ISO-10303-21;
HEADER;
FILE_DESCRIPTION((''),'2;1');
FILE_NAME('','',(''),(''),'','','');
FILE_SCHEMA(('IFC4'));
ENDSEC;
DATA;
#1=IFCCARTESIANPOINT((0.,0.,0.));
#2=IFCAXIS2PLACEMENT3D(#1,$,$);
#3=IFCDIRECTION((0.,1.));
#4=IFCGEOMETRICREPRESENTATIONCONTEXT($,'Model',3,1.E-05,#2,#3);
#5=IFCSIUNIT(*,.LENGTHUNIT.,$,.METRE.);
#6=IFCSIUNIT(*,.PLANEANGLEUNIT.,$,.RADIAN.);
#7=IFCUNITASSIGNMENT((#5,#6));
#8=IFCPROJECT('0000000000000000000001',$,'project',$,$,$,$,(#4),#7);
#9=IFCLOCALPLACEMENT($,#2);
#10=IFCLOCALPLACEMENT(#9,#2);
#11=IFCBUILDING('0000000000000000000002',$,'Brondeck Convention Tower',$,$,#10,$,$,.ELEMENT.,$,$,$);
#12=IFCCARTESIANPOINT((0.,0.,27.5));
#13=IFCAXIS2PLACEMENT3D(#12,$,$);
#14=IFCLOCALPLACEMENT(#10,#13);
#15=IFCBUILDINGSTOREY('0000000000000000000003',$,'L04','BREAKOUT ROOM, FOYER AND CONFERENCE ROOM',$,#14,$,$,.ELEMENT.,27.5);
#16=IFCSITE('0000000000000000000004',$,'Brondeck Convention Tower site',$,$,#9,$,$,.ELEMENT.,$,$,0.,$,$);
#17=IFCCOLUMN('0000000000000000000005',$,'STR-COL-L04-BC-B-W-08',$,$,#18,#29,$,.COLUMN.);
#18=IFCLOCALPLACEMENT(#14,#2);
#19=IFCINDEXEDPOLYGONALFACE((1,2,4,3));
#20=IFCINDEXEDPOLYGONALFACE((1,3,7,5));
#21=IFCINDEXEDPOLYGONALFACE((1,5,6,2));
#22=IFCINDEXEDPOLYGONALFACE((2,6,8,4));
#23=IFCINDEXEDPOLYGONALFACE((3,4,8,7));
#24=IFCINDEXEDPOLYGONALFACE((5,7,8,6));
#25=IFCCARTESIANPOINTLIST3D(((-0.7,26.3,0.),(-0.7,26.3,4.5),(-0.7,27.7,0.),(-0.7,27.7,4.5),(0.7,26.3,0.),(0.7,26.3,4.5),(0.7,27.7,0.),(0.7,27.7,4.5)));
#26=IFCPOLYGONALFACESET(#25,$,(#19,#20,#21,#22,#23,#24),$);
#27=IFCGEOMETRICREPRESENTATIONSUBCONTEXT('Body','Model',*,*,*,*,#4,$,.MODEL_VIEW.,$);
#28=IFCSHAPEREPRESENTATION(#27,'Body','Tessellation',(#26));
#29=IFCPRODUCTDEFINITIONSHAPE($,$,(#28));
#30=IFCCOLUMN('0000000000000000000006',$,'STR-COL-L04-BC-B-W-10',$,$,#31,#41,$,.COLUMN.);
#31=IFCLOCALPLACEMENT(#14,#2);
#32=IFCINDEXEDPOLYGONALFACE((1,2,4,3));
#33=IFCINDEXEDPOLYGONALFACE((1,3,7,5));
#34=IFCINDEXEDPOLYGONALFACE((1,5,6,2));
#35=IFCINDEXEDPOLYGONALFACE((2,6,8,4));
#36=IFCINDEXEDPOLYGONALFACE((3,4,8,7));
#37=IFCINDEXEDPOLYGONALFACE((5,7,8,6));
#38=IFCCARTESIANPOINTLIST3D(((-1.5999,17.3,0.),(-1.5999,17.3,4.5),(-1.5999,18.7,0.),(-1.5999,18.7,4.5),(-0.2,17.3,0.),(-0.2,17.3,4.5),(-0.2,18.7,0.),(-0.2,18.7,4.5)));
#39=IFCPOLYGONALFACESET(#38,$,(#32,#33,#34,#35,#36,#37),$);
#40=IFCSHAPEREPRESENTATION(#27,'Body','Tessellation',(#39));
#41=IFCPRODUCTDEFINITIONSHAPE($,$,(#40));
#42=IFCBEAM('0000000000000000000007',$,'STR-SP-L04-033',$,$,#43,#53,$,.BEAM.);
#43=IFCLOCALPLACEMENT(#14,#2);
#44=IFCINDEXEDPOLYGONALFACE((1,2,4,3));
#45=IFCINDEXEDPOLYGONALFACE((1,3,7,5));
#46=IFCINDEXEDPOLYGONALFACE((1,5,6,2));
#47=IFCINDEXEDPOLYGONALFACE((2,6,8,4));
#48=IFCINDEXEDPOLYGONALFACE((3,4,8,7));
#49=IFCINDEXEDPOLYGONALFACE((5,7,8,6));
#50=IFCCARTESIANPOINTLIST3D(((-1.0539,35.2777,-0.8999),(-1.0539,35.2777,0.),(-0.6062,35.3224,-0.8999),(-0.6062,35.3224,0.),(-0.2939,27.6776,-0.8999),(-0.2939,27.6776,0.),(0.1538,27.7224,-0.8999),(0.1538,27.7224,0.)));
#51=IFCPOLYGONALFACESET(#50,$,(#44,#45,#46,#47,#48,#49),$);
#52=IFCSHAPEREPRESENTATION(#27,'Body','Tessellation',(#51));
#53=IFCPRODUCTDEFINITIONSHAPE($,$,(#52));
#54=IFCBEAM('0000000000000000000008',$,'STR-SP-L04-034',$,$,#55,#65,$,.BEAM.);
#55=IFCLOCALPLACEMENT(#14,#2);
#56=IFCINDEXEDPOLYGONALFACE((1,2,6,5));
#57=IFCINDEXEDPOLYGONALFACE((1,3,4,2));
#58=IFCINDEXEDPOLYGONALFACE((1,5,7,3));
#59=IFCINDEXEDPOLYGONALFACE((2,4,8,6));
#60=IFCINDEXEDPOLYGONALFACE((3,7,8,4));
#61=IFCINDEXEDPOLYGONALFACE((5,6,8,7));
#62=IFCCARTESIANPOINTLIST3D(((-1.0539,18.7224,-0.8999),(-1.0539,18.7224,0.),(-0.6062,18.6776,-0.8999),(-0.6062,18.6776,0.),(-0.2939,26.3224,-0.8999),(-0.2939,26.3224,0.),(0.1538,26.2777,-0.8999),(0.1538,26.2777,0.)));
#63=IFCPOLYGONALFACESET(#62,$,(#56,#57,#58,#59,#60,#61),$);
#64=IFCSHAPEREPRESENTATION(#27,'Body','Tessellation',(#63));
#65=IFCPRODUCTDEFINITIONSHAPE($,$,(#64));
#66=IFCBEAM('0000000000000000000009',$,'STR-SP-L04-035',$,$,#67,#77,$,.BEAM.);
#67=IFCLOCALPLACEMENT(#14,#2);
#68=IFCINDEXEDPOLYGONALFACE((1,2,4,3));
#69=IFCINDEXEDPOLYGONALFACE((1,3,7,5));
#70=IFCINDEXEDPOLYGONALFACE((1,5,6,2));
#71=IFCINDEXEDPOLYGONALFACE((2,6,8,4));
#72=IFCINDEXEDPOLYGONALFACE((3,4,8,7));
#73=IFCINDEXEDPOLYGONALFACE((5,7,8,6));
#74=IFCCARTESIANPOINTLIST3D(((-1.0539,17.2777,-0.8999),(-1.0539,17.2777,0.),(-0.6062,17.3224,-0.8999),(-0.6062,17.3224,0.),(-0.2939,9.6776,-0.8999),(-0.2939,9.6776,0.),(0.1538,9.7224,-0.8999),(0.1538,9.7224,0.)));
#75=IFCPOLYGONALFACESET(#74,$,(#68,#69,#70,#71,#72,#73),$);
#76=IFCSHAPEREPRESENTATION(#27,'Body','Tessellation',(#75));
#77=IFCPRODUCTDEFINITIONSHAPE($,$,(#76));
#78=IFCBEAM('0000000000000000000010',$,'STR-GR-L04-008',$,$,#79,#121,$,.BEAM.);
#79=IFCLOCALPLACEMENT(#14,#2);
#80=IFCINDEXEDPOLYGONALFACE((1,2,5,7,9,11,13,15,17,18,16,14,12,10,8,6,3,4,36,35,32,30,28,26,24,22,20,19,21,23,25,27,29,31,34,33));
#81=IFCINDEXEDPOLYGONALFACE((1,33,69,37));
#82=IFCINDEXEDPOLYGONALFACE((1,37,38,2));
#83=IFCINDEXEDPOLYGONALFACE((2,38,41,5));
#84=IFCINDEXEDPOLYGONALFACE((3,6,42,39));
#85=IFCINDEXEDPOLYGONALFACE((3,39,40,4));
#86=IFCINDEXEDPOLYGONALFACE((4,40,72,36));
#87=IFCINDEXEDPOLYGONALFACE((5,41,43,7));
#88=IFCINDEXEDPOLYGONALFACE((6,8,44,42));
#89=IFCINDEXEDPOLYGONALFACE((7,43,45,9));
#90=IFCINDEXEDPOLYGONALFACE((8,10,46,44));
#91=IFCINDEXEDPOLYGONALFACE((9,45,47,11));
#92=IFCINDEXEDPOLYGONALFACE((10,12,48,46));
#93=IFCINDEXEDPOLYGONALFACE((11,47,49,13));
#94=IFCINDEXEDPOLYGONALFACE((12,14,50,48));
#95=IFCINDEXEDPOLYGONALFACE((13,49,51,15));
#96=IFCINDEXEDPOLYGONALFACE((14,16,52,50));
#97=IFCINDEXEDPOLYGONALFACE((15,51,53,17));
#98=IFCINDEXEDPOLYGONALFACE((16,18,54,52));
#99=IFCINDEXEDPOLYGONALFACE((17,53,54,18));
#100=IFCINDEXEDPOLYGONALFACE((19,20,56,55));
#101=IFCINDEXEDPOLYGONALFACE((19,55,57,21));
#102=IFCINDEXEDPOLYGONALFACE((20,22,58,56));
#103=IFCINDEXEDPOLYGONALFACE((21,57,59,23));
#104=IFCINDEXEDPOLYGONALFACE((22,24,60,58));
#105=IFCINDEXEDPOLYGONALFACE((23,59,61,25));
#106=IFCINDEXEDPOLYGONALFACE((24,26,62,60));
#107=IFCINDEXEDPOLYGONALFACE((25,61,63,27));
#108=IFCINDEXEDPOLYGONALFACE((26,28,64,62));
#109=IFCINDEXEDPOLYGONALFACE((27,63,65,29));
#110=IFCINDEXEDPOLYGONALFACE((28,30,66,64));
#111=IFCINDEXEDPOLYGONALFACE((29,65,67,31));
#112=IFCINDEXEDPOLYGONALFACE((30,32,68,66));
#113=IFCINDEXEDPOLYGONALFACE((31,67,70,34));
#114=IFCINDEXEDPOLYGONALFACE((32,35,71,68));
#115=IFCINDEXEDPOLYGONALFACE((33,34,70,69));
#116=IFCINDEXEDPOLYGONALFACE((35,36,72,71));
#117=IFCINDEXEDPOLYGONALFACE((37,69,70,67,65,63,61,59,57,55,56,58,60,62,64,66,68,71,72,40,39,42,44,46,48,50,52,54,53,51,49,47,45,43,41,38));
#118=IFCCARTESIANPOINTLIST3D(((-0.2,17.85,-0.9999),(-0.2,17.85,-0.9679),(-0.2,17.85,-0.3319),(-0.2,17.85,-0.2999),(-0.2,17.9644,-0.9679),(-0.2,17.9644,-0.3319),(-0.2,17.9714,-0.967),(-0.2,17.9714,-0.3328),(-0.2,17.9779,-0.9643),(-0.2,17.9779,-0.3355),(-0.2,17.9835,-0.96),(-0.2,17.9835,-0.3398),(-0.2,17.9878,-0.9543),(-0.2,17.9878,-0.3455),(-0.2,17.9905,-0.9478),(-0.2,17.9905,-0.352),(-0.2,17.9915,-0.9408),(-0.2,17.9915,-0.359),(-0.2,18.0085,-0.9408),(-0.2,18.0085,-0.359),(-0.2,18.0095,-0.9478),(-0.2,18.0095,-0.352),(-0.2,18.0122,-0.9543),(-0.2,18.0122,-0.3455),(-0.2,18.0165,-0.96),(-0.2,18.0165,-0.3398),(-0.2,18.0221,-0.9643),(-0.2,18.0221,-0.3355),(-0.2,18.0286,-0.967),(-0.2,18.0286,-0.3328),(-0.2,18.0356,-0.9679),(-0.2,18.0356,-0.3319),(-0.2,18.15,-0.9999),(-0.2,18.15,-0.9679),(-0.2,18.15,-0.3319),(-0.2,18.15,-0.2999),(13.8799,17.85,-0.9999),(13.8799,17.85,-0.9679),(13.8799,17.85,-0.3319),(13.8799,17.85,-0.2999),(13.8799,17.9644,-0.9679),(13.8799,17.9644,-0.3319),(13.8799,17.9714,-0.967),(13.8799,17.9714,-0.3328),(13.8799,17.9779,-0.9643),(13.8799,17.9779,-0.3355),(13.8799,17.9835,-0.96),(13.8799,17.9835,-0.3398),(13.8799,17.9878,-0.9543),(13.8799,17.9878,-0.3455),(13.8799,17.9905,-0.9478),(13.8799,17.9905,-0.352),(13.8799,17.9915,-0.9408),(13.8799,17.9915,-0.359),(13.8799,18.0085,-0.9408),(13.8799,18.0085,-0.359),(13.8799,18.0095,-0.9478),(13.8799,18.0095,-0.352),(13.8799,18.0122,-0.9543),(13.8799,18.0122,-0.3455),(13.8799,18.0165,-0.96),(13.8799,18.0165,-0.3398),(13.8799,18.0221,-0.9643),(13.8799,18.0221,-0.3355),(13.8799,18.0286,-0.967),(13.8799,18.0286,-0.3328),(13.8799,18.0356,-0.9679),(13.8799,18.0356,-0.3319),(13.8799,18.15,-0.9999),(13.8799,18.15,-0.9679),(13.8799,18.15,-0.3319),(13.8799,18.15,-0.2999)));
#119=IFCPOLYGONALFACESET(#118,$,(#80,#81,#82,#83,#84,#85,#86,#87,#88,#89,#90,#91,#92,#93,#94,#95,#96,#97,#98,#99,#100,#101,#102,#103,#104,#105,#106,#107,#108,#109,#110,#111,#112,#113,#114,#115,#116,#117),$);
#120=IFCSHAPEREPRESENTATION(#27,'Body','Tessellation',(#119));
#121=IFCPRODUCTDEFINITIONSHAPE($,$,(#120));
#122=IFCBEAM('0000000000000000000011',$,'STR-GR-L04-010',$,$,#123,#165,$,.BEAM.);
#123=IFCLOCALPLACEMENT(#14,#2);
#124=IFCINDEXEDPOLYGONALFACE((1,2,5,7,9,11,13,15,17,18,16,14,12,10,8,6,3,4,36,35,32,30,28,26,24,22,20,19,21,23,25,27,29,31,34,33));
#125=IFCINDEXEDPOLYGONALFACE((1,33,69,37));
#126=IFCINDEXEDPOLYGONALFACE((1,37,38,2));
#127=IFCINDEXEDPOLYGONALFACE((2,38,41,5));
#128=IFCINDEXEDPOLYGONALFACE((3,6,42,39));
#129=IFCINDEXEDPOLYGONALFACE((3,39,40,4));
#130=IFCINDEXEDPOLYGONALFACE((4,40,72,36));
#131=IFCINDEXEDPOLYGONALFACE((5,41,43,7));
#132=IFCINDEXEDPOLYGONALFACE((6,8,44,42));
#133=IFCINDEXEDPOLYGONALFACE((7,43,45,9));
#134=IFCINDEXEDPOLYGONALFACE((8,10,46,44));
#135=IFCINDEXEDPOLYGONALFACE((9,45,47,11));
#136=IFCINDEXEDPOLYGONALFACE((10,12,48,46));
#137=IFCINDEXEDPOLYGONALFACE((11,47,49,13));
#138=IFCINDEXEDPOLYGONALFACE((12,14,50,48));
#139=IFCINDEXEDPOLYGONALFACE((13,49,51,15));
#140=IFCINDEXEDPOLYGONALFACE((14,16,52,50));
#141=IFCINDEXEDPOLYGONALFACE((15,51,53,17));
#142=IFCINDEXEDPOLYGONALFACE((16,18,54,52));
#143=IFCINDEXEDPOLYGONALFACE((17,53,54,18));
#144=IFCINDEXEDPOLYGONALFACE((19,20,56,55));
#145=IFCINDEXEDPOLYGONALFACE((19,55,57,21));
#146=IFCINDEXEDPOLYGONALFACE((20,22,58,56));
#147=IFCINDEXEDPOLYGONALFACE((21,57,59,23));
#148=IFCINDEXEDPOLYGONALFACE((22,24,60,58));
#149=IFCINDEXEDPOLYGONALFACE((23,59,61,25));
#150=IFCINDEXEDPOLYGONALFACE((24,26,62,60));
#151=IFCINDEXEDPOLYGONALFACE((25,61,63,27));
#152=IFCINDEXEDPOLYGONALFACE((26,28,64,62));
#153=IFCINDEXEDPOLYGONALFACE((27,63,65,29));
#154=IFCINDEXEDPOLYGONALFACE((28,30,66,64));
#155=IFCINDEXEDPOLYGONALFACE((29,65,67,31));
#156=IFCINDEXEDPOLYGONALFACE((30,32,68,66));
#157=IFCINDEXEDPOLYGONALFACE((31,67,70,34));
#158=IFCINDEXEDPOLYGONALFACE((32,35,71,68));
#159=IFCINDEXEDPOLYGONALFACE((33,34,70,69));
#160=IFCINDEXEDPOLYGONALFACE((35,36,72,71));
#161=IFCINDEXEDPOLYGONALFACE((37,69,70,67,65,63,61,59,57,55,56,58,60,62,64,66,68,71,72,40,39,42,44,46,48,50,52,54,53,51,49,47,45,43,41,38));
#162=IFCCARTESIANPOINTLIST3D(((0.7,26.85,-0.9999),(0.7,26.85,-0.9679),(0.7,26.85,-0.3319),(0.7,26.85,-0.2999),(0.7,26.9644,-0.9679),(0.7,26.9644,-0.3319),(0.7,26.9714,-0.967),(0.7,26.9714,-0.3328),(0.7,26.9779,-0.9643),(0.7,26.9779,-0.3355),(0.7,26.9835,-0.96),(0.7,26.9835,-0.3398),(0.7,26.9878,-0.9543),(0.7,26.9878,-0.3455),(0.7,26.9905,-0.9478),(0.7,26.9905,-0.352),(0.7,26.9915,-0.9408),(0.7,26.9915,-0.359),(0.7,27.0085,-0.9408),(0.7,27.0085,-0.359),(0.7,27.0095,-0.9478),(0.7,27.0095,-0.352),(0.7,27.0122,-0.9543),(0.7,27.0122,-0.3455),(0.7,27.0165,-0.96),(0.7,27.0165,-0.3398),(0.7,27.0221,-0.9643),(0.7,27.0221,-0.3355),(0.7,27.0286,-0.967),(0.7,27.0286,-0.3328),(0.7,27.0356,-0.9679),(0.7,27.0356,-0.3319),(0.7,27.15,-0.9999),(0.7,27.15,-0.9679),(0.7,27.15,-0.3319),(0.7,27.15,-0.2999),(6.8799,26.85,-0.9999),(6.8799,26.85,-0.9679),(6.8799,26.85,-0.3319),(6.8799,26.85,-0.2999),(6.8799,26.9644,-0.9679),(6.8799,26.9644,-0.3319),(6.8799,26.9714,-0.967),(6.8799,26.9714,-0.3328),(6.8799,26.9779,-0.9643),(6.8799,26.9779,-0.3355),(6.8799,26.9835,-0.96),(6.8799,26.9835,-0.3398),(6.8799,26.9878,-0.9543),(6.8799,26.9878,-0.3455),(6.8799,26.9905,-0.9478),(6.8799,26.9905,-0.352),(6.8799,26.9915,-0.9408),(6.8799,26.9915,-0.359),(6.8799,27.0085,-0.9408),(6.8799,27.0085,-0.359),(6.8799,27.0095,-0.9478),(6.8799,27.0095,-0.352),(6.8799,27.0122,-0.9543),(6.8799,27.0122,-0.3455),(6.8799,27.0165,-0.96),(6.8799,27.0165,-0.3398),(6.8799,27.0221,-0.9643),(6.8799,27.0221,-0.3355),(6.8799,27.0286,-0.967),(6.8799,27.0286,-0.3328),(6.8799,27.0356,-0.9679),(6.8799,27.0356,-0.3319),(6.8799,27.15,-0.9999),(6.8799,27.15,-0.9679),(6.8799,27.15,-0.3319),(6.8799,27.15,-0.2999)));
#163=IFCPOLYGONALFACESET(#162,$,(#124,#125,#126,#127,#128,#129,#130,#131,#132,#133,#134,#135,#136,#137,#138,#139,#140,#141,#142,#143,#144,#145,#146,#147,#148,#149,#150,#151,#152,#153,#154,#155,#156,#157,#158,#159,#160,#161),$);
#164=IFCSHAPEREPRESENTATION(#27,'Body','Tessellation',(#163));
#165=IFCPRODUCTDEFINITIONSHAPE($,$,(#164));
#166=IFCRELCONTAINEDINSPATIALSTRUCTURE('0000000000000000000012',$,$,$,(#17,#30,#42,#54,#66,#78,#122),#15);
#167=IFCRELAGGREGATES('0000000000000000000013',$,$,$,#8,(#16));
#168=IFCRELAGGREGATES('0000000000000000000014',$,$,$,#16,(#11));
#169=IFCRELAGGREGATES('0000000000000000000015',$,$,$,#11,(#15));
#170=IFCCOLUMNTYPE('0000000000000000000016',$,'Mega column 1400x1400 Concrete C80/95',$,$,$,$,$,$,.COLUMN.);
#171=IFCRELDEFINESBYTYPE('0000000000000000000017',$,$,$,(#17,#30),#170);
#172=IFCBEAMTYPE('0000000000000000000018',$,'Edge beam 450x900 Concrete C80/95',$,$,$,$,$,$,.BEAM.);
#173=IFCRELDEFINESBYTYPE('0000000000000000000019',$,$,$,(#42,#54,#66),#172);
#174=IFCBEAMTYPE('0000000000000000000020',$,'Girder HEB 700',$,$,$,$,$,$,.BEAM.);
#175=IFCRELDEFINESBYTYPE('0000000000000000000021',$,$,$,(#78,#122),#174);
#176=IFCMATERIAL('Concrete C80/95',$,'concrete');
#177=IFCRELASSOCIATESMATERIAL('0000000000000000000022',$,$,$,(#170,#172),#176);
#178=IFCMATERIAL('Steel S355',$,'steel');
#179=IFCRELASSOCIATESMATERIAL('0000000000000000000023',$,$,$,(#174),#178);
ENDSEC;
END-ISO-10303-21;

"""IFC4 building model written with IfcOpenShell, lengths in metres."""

from ifc_helpers import new_model, si_unit, direction, frame, origin, origin_2d, place, context, subcontext, project, spatial, rectangle, i_section, extrude, material, material_profile, profile_set, type_object, element, save


model = new_model("IFC4")

# Units and contexts
model_context = context("Model", 3, precision=1e-05, world=origin(), true_north=direction((0.0, 1.0)))
body_context = subcontext(model_context, "Body", "Model", "MODEL_VIEW")
ifc_project = project(units=[si_unit("LENGTHUNIT", "METRE"), si_unit("PLANEANGLEUNIT", "RADIAN")], contexts=[model_context])

# Site, building, storey
site_placement = place(None, origin())
site = spatial("IfcSite", under=ifc_project, at=site_placement, Name="Brondeck Convention Tower site", CompositionType="ELEMENT", RefElevation=0.0)
building_placement = place(site_placement, origin())
building = spatial("IfcBuilding", under=site, at=building_placement, Name="Brondeck Convention Tower", CompositionType="ELEMENT")
storey_placement = place(building_placement, frame((0.0, 0.0, 27.5)))
storey = spatial("IfcBuildingStorey", under=building, at=storey_placement, Name="L04", Description="BREAKOUT ROOM, FOYER AND CONFERENCE ROOM", CompositionType="ELEMENT", Elevation=27.5)

# Columns
ifc_material_1 = material(Name="Concrete C80/95", Category="concrete")
ifc_material_profile_1 = material_profile(ifc_material_1, rectangle(XDim=1.3999, YDim=1.3999, at=origin_2d()), Name="Mega column 1400x1400 Concrete C80/95")
ifc_profile_set_1 = profile_set([ifc_material_profile_1], Name="Concrete C80/95")
column_type = type_object("IfcColumnType", Name="Mega column 1400x1400 Concrete C80/95", PredefinedType="COLUMN", material=ifc_profile_set_1)
for number, where, z_axis, x_axis, name in (
    (1, (0.0, 27.0, 0.0), (0.0, 0.0, 1.0), (1.0, 0.0, 0.0), "STR-COL-L04-BC-B-W-08"),
    (2, (-0.8999, 18.0, 0.0), (0.0, 0.0, 1.0), (1.0, 0.0, 0.0), "STR-COL-L04-BC-B-W-10"),
):
    element("IfcColumn", number, at=place(storey_placement, frame(where, z_axis=z_axis, x_axis=x_axis)), inside=storey, type_object=column_type, Name=name, PredefinedType="COLUMN", context=body_context, shape_type="SweptSolid", body=[
        extrude(rectangle(XDim=1.3999, YDim=1.3999, at=origin_2d()), origin(), (0.0, 0.0, 1.0), 4.5),
    ])

# Beams
ifc_material_profile_2 = material_profile(ifc_material_1, rectangle(XDim=0.45, YDim=0.8999, at=origin_2d()), Name="Edge beam 450x900 Concrete C80/95")
ifc_profile_set_2 = profile_set([ifc_material_profile_2], Name="Concrete C80/95")
beam_type_1 = type_object("IfcBeamType", Name="Edge beam 450x900 Concrete C80/95", PredefinedType="BEAM", material=ifc_profile_set_2)
for number, where, z_axis, x_axis, name in (
    (3, (-0.8301, 35.3, -0.45), (0.099504, -0.995037, 0.0), (0.995037, 0.099504, 0.0), "STR-SP-L04-033"),
    (4, (-0.0701, 26.3, -0.45), (-0.099504, -0.995037, 0.0), (0.995037, -0.099504, 0.0), "STR-SP-L04-034"),
    (5, (-0.8301, 17.3, -0.45), (0.099504, -0.995037, 0.0), (0.995037, 0.099504, 0.0), "STR-SP-L04-035"),
):
    element("IfcBeam", number, at=place(storey_placement, frame(where, z_axis=z_axis, x_axis=x_axis)), inside=storey, type_object=beam_type_1, Name=name, PredefinedType="BEAM", context=body_context, shape_type="SweptSolid", body=[
        extrude(rectangle(XDim=0.45, YDim=0.8999, at=origin_2d()), origin(), (0.0, 0.0, 1.0), 7.6379),
    ])
ifc_material_2 = material(Name="Steel S355", Category="steel")
ifc_material_profile_3 = material_profile(ifc_material_2, i_section(OverallWidth=0.3, OverallDepth=0.7, WebThickness=0.0171, FlangeThickness=0.032, FilletRadius=0.0271, at=origin_2d()), Name="HEB 700")
ifc_profile_set_3 = profile_set([ifc_material_profile_3], Name="Steel S355")
beam_type_2 = type_object("IfcBeamType", Name="Girder HEB 700", PredefinedType="BEAM", material=ifc_profile_set_3)
beam_1_placement = place(storey_placement, frame((-0.2, 18.0, -0.6499), z_axis=(1.0, 0.0, 0.0), x_axis=(0.0, 1.0, 0.0)))
element("IfcBeam", 6, at=beam_1_placement, inside=storey, type_object=beam_type_2, Name="STR-GR-L04-008", PredefinedType="BEAM", context=body_context, shape_type="SweptSolid", body=[
    extrude(i_section(OverallWidth=0.3, OverallDepth=0.7, WebThickness=0.0171, FlangeThickness=0.032, FilletRadius=0.0271, at=origin_2d()), origin(), (0.0, 0.0, 1.0), 14.0798),
])
beam_2_placement = place(storey_placement, frame((0.7, 27.0, -0.6499), z_axis=(1.0, 0.0, 0.0), x_axis=(0.0, 1.0, 0.0)))
element("IfcBeam", 7, at=beam_2_placement, inside=storey, type_object=beam_type_2, Name="STR-GR-L04-010", PredefinedType="BEAM", context=body_context, shape_type="SweptSolid", body=[
    extrude(i_section(OverallWidth=0.3, OverallDepth=0.7, WebThickness=0.0171, FlangeThickness=0.032, FilletRadius=0.0271, at=origin_2d()), origin(), (0.0, 0.0, 1.0), 6.1799),
])

save(model, "model.ifc")
